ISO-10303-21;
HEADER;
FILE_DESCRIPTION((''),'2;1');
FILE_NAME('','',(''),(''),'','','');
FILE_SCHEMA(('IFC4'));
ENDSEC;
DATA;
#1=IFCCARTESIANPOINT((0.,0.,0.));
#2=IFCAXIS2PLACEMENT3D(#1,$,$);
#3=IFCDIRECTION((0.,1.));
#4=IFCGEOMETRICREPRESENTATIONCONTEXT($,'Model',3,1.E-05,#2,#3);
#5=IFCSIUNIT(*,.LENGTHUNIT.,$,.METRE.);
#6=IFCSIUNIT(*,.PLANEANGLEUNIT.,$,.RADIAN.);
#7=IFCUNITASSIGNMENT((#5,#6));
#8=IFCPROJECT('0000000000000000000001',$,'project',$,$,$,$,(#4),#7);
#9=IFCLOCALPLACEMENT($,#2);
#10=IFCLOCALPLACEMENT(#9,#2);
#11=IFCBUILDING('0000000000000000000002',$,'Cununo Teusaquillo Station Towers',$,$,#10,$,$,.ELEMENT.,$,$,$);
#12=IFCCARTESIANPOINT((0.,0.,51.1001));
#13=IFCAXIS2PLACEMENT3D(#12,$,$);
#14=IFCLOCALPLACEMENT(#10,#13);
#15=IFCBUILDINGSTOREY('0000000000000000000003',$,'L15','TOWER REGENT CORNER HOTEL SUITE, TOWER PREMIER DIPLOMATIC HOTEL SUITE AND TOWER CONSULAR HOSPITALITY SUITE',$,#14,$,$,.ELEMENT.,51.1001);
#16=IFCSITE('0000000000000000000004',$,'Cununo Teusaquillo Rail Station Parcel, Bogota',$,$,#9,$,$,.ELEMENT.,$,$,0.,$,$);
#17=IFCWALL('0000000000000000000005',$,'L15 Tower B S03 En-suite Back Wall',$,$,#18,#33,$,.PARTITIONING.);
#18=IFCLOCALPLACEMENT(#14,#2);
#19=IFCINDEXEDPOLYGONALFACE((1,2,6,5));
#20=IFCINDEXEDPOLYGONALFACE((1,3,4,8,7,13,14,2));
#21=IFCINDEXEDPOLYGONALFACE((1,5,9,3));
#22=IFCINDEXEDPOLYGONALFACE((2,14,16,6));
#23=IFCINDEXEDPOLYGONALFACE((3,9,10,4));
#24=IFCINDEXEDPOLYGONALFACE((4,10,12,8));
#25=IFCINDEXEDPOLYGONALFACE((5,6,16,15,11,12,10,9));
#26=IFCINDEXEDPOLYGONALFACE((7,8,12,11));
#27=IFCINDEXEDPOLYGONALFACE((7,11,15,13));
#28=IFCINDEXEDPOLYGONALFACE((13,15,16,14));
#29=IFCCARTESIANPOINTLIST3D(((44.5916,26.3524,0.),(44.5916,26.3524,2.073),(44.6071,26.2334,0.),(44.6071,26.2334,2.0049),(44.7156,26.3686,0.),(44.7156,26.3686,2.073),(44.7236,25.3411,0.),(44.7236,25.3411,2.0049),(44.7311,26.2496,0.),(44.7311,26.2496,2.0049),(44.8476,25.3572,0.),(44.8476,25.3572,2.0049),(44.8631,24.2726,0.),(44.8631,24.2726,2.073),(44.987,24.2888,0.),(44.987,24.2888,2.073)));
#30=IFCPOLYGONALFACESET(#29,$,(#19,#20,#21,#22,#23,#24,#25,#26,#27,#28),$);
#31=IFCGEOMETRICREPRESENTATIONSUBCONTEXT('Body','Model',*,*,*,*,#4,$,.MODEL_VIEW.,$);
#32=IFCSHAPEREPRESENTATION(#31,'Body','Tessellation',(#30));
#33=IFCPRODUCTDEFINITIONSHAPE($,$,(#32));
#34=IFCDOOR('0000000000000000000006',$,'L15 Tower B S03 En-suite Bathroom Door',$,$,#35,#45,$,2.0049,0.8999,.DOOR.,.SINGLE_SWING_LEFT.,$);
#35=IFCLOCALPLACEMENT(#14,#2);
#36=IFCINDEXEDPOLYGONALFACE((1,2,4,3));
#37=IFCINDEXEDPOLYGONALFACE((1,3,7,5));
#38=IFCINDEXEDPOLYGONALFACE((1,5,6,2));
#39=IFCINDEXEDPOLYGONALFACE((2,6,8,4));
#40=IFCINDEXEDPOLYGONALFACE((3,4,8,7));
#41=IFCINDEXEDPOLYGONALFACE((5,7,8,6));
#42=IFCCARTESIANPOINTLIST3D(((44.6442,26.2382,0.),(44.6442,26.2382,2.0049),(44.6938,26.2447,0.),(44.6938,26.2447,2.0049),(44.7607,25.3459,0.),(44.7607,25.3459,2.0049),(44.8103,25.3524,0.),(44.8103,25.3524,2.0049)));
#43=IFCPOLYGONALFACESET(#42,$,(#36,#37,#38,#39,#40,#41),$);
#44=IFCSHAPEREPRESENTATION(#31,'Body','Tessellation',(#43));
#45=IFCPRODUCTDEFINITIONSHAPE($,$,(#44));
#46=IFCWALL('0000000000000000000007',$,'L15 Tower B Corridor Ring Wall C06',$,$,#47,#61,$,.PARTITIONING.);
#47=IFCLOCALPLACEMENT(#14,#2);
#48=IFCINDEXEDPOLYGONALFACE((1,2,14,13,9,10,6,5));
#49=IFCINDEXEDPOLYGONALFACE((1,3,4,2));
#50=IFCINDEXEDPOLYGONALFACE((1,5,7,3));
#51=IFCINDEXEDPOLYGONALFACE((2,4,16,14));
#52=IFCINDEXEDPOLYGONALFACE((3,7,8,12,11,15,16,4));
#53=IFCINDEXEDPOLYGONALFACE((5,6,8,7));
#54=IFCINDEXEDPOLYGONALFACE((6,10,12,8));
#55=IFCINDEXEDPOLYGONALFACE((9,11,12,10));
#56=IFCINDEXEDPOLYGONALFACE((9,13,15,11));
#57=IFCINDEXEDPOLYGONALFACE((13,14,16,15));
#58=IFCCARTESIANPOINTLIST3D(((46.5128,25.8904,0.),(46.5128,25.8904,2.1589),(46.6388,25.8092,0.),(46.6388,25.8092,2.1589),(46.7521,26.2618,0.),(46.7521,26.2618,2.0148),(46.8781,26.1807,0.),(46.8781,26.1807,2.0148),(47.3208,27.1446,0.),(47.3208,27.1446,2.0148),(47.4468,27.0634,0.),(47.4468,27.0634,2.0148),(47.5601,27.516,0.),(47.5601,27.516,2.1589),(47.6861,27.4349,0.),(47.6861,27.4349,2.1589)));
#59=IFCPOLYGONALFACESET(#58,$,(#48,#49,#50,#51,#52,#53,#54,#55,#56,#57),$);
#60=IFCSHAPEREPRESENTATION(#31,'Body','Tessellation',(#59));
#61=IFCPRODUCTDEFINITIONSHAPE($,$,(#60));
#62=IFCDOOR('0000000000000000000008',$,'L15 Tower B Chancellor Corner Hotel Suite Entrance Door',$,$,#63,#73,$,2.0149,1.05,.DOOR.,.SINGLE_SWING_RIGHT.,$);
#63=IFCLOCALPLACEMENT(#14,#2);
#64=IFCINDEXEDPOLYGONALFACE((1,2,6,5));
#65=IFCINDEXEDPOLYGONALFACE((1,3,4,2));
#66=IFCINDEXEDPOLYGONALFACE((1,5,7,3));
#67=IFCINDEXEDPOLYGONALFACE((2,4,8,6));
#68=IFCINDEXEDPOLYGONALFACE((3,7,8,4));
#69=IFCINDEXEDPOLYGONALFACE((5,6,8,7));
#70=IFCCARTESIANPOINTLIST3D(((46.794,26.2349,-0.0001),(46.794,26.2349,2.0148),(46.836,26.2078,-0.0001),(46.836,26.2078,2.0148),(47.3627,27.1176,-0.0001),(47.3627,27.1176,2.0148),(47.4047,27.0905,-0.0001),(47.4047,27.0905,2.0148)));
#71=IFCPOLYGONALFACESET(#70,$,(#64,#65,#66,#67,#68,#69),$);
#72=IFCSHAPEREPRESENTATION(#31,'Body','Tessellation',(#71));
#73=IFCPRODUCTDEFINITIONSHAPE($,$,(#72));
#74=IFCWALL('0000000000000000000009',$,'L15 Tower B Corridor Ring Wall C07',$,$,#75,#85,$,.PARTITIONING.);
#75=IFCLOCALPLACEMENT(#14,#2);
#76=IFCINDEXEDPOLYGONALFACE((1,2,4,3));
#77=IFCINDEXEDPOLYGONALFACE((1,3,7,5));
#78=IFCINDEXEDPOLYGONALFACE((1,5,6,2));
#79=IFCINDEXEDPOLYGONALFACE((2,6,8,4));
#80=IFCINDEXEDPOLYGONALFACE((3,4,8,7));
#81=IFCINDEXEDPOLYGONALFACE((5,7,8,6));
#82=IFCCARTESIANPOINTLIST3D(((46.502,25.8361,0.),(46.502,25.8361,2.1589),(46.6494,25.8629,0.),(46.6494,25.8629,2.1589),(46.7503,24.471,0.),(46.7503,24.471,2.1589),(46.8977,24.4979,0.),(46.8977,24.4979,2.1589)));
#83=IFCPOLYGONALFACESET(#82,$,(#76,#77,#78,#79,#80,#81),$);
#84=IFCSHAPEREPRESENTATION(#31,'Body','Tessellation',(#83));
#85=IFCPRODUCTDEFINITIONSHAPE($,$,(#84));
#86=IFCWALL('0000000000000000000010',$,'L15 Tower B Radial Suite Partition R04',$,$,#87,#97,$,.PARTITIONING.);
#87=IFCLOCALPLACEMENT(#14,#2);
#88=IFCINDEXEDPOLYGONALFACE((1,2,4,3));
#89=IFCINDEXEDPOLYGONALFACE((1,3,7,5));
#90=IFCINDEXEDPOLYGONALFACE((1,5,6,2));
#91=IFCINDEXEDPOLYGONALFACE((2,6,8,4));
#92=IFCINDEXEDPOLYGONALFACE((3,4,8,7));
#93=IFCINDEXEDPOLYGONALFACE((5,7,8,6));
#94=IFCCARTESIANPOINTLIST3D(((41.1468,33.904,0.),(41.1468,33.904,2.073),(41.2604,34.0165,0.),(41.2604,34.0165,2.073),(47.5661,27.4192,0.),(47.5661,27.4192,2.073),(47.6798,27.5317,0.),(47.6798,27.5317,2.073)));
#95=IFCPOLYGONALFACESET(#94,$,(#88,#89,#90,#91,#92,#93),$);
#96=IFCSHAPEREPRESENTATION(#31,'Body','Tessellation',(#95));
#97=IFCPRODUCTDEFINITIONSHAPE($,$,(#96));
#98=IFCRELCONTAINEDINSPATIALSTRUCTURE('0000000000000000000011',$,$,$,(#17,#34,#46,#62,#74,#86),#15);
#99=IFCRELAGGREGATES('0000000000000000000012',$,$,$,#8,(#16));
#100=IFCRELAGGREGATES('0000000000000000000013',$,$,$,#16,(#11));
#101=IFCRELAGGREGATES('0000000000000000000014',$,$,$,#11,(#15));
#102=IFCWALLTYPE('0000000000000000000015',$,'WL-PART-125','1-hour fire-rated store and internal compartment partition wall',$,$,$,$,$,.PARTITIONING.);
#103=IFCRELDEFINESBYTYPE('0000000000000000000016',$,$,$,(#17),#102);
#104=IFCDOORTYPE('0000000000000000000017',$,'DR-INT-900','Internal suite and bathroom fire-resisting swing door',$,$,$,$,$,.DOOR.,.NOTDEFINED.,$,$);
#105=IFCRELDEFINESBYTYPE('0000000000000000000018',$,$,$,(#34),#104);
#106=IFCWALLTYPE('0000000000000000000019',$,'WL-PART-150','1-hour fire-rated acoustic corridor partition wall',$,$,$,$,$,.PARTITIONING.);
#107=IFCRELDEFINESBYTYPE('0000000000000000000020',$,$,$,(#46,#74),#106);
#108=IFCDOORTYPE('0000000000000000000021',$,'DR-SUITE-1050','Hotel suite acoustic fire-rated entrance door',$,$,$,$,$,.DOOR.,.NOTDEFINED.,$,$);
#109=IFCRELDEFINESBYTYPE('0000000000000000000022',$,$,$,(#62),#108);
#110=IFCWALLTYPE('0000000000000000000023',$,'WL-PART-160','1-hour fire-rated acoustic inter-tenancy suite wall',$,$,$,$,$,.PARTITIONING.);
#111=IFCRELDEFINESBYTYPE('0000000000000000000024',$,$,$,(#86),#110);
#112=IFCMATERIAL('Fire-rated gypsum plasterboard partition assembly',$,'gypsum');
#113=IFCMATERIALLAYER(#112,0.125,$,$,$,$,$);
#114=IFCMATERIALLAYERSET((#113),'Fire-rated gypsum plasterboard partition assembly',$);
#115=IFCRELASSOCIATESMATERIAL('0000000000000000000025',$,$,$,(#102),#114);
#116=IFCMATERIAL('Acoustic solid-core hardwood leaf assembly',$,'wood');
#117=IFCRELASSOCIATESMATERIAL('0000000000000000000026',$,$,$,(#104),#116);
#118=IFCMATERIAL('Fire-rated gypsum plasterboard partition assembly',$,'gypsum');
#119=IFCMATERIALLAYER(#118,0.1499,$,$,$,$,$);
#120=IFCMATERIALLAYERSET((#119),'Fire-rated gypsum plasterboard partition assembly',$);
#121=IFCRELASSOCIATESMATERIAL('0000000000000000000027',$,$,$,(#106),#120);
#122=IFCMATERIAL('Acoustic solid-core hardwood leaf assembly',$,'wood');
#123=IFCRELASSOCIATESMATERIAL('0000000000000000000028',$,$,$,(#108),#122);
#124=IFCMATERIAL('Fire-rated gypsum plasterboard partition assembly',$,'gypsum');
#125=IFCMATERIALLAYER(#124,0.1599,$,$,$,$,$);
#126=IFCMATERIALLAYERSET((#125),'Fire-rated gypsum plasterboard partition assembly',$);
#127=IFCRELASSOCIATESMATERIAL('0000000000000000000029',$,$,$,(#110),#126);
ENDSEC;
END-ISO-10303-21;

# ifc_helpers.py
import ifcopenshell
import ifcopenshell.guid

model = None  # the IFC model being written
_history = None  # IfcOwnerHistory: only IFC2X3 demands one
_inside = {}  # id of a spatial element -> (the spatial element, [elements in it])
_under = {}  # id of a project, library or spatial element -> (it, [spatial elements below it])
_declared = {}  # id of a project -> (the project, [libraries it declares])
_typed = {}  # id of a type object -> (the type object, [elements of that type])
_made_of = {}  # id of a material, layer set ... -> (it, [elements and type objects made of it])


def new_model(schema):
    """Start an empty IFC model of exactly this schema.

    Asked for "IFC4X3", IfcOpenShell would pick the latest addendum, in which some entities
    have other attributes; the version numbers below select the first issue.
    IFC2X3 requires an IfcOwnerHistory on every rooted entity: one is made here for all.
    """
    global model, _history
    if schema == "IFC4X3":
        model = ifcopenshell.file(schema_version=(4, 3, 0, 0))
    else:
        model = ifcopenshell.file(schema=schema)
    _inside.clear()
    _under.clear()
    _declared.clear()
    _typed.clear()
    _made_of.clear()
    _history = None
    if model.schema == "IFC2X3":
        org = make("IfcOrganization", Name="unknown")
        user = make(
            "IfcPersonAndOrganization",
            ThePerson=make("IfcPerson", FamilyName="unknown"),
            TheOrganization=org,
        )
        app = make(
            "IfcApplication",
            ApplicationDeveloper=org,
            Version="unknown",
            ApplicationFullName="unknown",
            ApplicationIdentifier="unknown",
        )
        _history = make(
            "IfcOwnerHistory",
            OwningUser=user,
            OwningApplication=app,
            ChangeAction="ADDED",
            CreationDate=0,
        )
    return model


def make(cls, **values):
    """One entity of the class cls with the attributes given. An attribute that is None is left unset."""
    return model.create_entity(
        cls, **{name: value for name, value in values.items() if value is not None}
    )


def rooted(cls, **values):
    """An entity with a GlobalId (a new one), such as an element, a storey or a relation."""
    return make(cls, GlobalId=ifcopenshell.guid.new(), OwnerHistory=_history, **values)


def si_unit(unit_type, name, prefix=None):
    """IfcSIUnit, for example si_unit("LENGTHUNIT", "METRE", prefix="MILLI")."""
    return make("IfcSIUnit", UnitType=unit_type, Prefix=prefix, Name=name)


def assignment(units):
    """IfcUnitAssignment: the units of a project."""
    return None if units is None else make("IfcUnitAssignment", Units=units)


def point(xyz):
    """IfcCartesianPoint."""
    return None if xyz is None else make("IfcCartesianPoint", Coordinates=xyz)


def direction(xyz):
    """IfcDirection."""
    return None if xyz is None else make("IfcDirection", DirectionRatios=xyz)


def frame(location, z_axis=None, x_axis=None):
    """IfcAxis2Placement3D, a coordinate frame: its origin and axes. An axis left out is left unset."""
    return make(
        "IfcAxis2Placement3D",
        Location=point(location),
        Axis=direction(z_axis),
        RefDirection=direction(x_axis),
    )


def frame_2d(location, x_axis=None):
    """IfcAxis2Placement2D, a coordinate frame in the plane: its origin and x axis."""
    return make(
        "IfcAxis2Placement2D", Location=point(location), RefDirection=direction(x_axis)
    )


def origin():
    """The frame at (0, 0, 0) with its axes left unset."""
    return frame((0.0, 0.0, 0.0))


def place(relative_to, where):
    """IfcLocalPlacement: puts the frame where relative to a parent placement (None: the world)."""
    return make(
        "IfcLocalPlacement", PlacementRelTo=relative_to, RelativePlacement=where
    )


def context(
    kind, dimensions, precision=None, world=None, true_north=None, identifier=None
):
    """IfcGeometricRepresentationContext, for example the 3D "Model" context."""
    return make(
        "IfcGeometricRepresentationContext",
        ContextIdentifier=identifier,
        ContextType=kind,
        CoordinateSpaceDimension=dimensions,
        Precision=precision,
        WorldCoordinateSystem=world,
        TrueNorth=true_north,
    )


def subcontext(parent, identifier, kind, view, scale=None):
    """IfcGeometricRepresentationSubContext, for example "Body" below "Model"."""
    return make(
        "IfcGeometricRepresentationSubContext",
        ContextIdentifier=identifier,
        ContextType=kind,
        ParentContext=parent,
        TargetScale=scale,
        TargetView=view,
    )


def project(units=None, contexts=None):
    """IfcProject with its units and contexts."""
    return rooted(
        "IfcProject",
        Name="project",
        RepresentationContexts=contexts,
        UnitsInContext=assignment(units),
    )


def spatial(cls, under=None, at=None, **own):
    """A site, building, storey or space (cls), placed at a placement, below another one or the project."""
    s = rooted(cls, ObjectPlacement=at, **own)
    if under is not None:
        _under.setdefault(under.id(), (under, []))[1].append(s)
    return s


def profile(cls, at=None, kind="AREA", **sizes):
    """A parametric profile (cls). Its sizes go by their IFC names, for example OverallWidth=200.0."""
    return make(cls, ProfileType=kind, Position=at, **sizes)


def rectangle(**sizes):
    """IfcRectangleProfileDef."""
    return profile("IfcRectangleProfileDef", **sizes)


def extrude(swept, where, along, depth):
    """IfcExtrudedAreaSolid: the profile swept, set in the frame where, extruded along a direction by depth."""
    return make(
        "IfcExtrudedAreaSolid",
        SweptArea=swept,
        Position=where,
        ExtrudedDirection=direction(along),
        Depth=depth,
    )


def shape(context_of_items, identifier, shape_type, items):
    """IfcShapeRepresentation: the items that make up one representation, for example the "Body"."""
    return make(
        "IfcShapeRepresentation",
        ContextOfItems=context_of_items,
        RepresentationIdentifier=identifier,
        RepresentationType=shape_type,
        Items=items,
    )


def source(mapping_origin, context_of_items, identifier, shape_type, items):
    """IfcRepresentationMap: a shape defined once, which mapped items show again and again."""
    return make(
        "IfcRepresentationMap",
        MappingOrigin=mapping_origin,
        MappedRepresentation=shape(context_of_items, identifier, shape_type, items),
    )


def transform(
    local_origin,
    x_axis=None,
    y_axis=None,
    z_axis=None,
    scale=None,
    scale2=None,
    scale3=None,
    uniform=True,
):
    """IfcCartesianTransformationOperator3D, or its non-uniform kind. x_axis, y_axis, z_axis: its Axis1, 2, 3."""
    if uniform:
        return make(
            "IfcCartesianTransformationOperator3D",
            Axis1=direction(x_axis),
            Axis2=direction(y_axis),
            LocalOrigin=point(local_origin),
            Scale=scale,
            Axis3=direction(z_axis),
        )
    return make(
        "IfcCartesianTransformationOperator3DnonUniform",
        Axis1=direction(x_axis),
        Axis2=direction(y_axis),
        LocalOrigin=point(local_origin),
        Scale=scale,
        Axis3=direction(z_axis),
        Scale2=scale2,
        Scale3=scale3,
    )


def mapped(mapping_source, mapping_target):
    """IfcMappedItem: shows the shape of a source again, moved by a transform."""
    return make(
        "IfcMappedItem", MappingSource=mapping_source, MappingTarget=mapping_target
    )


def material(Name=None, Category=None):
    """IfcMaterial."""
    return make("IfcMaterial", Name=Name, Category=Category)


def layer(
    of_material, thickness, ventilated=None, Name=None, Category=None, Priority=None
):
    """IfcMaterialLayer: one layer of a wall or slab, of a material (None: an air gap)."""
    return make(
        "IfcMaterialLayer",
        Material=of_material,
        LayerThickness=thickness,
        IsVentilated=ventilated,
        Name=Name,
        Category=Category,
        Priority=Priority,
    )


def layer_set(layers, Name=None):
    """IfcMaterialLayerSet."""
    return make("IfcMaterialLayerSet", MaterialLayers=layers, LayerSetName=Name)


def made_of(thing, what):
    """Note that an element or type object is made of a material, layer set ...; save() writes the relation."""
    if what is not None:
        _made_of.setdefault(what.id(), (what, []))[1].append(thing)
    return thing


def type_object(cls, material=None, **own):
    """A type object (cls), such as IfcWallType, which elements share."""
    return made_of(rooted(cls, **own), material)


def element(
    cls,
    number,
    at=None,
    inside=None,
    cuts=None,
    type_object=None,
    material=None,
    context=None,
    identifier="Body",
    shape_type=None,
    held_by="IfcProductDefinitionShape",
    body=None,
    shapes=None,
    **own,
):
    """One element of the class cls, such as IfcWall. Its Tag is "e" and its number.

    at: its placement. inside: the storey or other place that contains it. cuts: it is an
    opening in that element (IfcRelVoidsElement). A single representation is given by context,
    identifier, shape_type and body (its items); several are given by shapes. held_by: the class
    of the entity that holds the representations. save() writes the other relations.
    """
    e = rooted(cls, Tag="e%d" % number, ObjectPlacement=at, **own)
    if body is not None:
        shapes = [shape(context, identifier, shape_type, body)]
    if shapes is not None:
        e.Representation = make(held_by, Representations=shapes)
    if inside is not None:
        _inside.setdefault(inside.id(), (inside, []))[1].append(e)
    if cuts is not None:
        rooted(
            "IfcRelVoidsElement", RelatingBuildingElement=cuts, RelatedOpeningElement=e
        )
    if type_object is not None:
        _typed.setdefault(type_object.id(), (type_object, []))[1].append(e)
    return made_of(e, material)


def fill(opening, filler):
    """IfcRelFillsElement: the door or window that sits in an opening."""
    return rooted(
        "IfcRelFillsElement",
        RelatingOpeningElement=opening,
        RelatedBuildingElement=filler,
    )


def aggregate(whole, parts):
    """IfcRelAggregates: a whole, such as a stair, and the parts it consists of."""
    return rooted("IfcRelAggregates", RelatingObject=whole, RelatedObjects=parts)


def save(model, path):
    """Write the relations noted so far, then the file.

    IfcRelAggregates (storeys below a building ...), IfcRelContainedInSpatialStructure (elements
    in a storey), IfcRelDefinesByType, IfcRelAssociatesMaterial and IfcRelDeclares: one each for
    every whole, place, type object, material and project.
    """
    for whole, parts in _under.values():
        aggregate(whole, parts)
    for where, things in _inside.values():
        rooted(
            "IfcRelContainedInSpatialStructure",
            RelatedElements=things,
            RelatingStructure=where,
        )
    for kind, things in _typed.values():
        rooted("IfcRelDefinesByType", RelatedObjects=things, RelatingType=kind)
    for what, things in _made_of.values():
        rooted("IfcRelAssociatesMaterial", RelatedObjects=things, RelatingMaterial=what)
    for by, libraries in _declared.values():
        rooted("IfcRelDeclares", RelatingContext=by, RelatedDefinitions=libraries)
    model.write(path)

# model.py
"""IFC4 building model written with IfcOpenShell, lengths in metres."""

from ifc_helpers import new_model, si_unit, direction, frame, frame_2d, origin, place, context, subcontext, project, spatial, rectangle, extrude, source, transform, mapped, material, layer, layer_set, type_object, element, fill, save


model = new_model("IFC4")

# Units and contexts
model_context = context("Model", 3, precision=1e-05, world=origin(), true_north=direction((0.0, 1.0)))
body_context = subcontext(model_context, "Body", "Model", "MODEL_VIEW")
ifc_project = project(units=[si_unit("LENGTHUNIT", "METRE"), si_unit("PLANEANGLEUNIT", "RADIAN")], contexts=[model_context])

# Site, building, storey
site_placement = place(None, origin())
site = spatial("IfcSite", under=ifc_project, at=site_placement, Name="Cununo Teusaquillo Rail Station Parcel, Bogota", CompositionType="ELEMENT", RefElevation=0.0)
building_placement = place(site_placement, origin())
building = spatial("IfcBuilding", under=site, at=building_placement, Name="Cununo Teusaquillo Station Towers", CompositionType="ELEMENT")
storey_placement = place(building_placement, frame((0.0, 0.0, 51.1001)))
storey = spatial("IfcBuildingStorey", under=building, at=storey_placement, Name="L15", Description="TOWER REGENT CORNER HOTEL SUITE, TOWER PREMIER DIPLOMATIC HOTEL SUITE AND TOWER CONSULAR HOSPITALITY SUITE", CompositionType="ELEMENT", Elevation=51.1001)

# Shared definitions
ifc_material_1 = material(Name="Fire-rated gypsum plasterboard partition assembly", Category="gypsum")
ifc_layer_1 = layer(ifc_material_1, 0.125)
ifc_layer_set_1 = layer_set([ifc_layer_1], Name="Fire-rated gypsum plasterboard partition assembly")
wall_type_1 = type_object("IfcWallType", Name="WL-PART-125", Description="1-hour fire-rated store and internal compartment partition wall", PredefinedType="PARTITIONING", material=ifc_layer_set_1)

# Shared definitions
shared_shape_1 = source(origin(), body_context, "Body", "SweptSolid", [
    extrude(rectangle(XDim=0.8999, YDim=2.0049, at=frame_2d((0.45, 1.0024))), frame((0.0, 0.0725, 0.0), z_axis=(0.0, -1.0, 0.0), x_axis=(1.0, 0.0, 0.0)), (0.0, 0.0, 1.0), 0.145),
])
ifc_material_2 = material(Name="Acoustic solid-core hardwood leaf assembly", Category="wood")
door_type_1 = type_object("IfcDoorType", Name="DR-INT-900", Description="Internal suite and bathroom fire-resisting swing door", OperationType="NOTDEFINED", PredefinedType="DOOR", material=ifc_material_2)
shared_shape_2 = source(origin(), body_context, "Body", "SweptSolid", [
    extrude(rectangle(XDim=0.8999, YDim=2.0049, at=frame_2d((0.45, 1.0024))), frame((0.0, 0.0249, 0.0), z_axis=(0.0, -1.0, 0.0), x_axis=(1.0, 0.0, 0.0)), (0.0, 0.0, 1.0), 0.05),
])

# Walls, openings, doors
wall_1_placement = place(storey_placement, frame((44.6536, 26.3606, 0.0), z_axis=(0.0, 0.0, 1.0), x_axis=(0.129434, -0.991588, 0.0)))
wall_1 = element("IfcWall", 1, at=wall_1_placement, inside=storey, type_object=wall_type_1, Name="L15 Tower B S03 En-suite Back Wall", PredefinedType="PARTITIONING", context=body_context, shape_type="SweptSolid", body=[
    extrude(rectangle(XDim=2.0974, YDim=0.125, at=frame_2d((1.0488, 0.0))), origin(), (0.0, 0.0, 1.0), 2.073),
])
opening_1_placement = place(wall_1_placement, frame((0.1201, 0.0, 0.0)))
opening_1 = element("IfcOpeningElement", 2, at=opening_1_placement, cuts=wall_1, PredefinedType="OPENING", context=body_context, shape_type="MappedRepresentation", body=[
    mapped(shared_shape_1, transform((0.0, 0.0, 0.0), x_axis=(1.0, 0.0, 0.0), y_axis=(0.0, 1.0, 0.0), z_axis=(0.0, 0.0, 1.0), scale=1.0)),
])
door_1_placement = place(opening_1_placement, origin())
door_1 = element("IfcDoor", 3, at=door_1_placement, inside=storey, type_object=door_type_1, Name="L15 Tower B S03 En-suite Bathroom Door", OperationType="SINGLE_SWING_LEFT", OverallHeight=2.0049, OverallWidth=0.8999, PredefinedType="DOOR", context=body_context, shape_type="MappedRepresentation", body=[
    mapped(shared_shape_2, transform((0.0, 0.0, 0.0), x_axis=(1.0, 0.0, 0.0), y_axis=(0.0, 1.0, 0.0), z_axis=(0.0, 0.0, 1.0), scale=1.0)),
])
fill(opening_1, door_1)
ifc_material_3 = material(Name="Fire-rated gypsum plasterboard partition assembly", Category="gypsum")
ifc_layer_2 = layer(ifc_material_3, 0.1499)
ifc_layer_set_2 = layer_set([ifc_layer_2], Name="Fire-rated gypsum plasterboard partition assembly")
wall_type_2 = type_object("IfcWallType", Name="WL-PART-150", Description="1-hour fire-rated acoustic corridor partition wall", PredefinedType="PARTITIONING", material=ifc_layer_set_2)
wall_2_placement = place(storey_placement, frame((47.623, 27.4753, 0.0), z_axis=(0.0, 0.0, 1.0), x_axis=(-0.54158, -0.840649, 0.0)))
wall_2 = element("IfcWall", 4, at=wall_2_placement, inside=storey, type_object=wall_type_2, Name="L15 Tower B Corridor Ring Wall C06", PredefinedType="PARTITIONING", context=body_context, shape_type="SweptSolid", body=[
    extrude(rectangle(XDim=1.9338, YDim=0.1499, at=frame_2d((0.9668, 0.0))), origin(), (0.0, 0.0, 1.0), 2.1589),
])
shared_shape_3 = source(origin(), body_context, "Body", "SweptSolid", [
    extrude(rectangle(XDim=1.05, YDim=2.0149, at=frame_2d((0.5249, 1.0073))), frame((0.0, 0.085, 0.0), z_axis=(0.0, -1.0, 0.0), x_axis=(1.0, 0.0, 0.0)), (0.0, 0.0, 1.0), 0.1699),
])
opening_2_placement = place(wall_2_placement, frame((0.4419, 0.0, 0.0)))
opening_2 = element("IfcOpeningElement", 5, at=opening_2_placement, cuts=wall_2, PredefinedType="OPENING", context=body_context, shape_type="MappedRepresentation", body=[
    mapped(shared_shape_3, transform((0.0, 0.0, 0.0), x_axis=(1.0, 0.0, 0.0), y_axis=(0.0, 1.0, 0.0), z_axis=(0.0, 0.0, 1.0), scale=1.0)),
])
ifc_material_4 = material(Name="Acoustic solid-core hardwood leaf assembly", Category="wood")
door_type_2 = type_object("IfcDoorType", Name="DR-SUITE-1050", Description="Hotel suite acoustic fire-rated entrance door", OperationType="NOTDEFINED", PredefinedType="DOOR", material=ifc_material_4)
shared_shape_4 = source(origin(), body_context, "Body", "SweptSolid", [
    extrude(rectangle(XDim=1.05, YDim=2.0149, at=frame_2d((0.5249, 1.0073))), frame((0.0, 0.0249, 0.0), z_axis=(0.0, -1.0, 0.0), x_axis=(1.0, 0.0, 0.0)), (0.0, 0.0, 1.0), 0.05),
])
door_2_placement = place(opening_2_placement, origin())
door_2 = element("IfcDoor", 6, at=door_2_placement, inside=storey, type_object=door_type_2, Name="L15 Tower B Chancellor Corner Hotel Suite Entrance Door", OperationType="SINGLE_SWING_RIGHT", OverallHeight=2.0149, OverallWidth=1.05, PredefinedType="DOOR", context=body_context, shape_type="MappedRepresentation", body=[
    mapped(shared_shape_4, transform((0.0, 0.0, 0.0), x_axis=(1.0, 0.0, 0.0), y_axis=(0.0, 1.0, 0.0), z_axis=(0.0, 0.0, 1.0), scale=1.0)),
])
fill(opening_2, door_2)

# Walls
wall_3_placement = place(storey_placement, frame((46.5757, 25.8496, 0.0), z_axis=(0.0, 0.0, 1.0), x_axis=(0.178963, -0.983856, 0.0)))
element("IfcWall", 7, at=wall_3_placement, inside=storey, type_object=wall_type_2, Name="L15 Tower B Corridor Ring Wall C07", PredefinedType="PARTITIONING", context=body_context, shape_type="SweptSolid", body=[
    extrude(rectangle(XDim=1.3875, YDim=0.1499, at=frame_2d((0.6938, 0.0))), origin(), (0.0, 0.0, 1.0), 2.1589),
])
ifc_material_5 = material(Name="Fire-rated gypsum plasterboard partition assembly", Category="gypsum")
ifc_layer_3 = layer(ifc_material_5, 0.1599)
ifc_layer_set_3 = layer_set([ifc_layer_3], Name="Fire-rated gypsum plasterboard partition assembly")
wall_type_3 = type_object("IfcWallType", Name="WL-PART-160", Description="1-hour fire-rated acoustic inter-tenancy suite wall", PredefinedType="PARTITIONING", material=ifc_layer_set_3)
wall_4_placement = place(storey_placement, frame((47.623, 27.4753, 0.0), z_axis=(0.0, 0.0, 1.0), x_axis=(-0.703512, 0.710683, 0.0)))
element("IfcWall", 8, at=wall_4_placement, inside=storey, type_object=wall_type_3, Name="L15 Tower B Radial Suite Partition R04", PredefinedType="PARTITIONING", context=body_context, shape_type="SweptSolid", body=[
    extrude(rectangle(XDim=9.1248, YDim=0.1599, at=frame_2d((4.5625, 0.0))), origin(), (0.0, 0.0, 1.0), 2.073),
])

save(model, "model.ifc")
